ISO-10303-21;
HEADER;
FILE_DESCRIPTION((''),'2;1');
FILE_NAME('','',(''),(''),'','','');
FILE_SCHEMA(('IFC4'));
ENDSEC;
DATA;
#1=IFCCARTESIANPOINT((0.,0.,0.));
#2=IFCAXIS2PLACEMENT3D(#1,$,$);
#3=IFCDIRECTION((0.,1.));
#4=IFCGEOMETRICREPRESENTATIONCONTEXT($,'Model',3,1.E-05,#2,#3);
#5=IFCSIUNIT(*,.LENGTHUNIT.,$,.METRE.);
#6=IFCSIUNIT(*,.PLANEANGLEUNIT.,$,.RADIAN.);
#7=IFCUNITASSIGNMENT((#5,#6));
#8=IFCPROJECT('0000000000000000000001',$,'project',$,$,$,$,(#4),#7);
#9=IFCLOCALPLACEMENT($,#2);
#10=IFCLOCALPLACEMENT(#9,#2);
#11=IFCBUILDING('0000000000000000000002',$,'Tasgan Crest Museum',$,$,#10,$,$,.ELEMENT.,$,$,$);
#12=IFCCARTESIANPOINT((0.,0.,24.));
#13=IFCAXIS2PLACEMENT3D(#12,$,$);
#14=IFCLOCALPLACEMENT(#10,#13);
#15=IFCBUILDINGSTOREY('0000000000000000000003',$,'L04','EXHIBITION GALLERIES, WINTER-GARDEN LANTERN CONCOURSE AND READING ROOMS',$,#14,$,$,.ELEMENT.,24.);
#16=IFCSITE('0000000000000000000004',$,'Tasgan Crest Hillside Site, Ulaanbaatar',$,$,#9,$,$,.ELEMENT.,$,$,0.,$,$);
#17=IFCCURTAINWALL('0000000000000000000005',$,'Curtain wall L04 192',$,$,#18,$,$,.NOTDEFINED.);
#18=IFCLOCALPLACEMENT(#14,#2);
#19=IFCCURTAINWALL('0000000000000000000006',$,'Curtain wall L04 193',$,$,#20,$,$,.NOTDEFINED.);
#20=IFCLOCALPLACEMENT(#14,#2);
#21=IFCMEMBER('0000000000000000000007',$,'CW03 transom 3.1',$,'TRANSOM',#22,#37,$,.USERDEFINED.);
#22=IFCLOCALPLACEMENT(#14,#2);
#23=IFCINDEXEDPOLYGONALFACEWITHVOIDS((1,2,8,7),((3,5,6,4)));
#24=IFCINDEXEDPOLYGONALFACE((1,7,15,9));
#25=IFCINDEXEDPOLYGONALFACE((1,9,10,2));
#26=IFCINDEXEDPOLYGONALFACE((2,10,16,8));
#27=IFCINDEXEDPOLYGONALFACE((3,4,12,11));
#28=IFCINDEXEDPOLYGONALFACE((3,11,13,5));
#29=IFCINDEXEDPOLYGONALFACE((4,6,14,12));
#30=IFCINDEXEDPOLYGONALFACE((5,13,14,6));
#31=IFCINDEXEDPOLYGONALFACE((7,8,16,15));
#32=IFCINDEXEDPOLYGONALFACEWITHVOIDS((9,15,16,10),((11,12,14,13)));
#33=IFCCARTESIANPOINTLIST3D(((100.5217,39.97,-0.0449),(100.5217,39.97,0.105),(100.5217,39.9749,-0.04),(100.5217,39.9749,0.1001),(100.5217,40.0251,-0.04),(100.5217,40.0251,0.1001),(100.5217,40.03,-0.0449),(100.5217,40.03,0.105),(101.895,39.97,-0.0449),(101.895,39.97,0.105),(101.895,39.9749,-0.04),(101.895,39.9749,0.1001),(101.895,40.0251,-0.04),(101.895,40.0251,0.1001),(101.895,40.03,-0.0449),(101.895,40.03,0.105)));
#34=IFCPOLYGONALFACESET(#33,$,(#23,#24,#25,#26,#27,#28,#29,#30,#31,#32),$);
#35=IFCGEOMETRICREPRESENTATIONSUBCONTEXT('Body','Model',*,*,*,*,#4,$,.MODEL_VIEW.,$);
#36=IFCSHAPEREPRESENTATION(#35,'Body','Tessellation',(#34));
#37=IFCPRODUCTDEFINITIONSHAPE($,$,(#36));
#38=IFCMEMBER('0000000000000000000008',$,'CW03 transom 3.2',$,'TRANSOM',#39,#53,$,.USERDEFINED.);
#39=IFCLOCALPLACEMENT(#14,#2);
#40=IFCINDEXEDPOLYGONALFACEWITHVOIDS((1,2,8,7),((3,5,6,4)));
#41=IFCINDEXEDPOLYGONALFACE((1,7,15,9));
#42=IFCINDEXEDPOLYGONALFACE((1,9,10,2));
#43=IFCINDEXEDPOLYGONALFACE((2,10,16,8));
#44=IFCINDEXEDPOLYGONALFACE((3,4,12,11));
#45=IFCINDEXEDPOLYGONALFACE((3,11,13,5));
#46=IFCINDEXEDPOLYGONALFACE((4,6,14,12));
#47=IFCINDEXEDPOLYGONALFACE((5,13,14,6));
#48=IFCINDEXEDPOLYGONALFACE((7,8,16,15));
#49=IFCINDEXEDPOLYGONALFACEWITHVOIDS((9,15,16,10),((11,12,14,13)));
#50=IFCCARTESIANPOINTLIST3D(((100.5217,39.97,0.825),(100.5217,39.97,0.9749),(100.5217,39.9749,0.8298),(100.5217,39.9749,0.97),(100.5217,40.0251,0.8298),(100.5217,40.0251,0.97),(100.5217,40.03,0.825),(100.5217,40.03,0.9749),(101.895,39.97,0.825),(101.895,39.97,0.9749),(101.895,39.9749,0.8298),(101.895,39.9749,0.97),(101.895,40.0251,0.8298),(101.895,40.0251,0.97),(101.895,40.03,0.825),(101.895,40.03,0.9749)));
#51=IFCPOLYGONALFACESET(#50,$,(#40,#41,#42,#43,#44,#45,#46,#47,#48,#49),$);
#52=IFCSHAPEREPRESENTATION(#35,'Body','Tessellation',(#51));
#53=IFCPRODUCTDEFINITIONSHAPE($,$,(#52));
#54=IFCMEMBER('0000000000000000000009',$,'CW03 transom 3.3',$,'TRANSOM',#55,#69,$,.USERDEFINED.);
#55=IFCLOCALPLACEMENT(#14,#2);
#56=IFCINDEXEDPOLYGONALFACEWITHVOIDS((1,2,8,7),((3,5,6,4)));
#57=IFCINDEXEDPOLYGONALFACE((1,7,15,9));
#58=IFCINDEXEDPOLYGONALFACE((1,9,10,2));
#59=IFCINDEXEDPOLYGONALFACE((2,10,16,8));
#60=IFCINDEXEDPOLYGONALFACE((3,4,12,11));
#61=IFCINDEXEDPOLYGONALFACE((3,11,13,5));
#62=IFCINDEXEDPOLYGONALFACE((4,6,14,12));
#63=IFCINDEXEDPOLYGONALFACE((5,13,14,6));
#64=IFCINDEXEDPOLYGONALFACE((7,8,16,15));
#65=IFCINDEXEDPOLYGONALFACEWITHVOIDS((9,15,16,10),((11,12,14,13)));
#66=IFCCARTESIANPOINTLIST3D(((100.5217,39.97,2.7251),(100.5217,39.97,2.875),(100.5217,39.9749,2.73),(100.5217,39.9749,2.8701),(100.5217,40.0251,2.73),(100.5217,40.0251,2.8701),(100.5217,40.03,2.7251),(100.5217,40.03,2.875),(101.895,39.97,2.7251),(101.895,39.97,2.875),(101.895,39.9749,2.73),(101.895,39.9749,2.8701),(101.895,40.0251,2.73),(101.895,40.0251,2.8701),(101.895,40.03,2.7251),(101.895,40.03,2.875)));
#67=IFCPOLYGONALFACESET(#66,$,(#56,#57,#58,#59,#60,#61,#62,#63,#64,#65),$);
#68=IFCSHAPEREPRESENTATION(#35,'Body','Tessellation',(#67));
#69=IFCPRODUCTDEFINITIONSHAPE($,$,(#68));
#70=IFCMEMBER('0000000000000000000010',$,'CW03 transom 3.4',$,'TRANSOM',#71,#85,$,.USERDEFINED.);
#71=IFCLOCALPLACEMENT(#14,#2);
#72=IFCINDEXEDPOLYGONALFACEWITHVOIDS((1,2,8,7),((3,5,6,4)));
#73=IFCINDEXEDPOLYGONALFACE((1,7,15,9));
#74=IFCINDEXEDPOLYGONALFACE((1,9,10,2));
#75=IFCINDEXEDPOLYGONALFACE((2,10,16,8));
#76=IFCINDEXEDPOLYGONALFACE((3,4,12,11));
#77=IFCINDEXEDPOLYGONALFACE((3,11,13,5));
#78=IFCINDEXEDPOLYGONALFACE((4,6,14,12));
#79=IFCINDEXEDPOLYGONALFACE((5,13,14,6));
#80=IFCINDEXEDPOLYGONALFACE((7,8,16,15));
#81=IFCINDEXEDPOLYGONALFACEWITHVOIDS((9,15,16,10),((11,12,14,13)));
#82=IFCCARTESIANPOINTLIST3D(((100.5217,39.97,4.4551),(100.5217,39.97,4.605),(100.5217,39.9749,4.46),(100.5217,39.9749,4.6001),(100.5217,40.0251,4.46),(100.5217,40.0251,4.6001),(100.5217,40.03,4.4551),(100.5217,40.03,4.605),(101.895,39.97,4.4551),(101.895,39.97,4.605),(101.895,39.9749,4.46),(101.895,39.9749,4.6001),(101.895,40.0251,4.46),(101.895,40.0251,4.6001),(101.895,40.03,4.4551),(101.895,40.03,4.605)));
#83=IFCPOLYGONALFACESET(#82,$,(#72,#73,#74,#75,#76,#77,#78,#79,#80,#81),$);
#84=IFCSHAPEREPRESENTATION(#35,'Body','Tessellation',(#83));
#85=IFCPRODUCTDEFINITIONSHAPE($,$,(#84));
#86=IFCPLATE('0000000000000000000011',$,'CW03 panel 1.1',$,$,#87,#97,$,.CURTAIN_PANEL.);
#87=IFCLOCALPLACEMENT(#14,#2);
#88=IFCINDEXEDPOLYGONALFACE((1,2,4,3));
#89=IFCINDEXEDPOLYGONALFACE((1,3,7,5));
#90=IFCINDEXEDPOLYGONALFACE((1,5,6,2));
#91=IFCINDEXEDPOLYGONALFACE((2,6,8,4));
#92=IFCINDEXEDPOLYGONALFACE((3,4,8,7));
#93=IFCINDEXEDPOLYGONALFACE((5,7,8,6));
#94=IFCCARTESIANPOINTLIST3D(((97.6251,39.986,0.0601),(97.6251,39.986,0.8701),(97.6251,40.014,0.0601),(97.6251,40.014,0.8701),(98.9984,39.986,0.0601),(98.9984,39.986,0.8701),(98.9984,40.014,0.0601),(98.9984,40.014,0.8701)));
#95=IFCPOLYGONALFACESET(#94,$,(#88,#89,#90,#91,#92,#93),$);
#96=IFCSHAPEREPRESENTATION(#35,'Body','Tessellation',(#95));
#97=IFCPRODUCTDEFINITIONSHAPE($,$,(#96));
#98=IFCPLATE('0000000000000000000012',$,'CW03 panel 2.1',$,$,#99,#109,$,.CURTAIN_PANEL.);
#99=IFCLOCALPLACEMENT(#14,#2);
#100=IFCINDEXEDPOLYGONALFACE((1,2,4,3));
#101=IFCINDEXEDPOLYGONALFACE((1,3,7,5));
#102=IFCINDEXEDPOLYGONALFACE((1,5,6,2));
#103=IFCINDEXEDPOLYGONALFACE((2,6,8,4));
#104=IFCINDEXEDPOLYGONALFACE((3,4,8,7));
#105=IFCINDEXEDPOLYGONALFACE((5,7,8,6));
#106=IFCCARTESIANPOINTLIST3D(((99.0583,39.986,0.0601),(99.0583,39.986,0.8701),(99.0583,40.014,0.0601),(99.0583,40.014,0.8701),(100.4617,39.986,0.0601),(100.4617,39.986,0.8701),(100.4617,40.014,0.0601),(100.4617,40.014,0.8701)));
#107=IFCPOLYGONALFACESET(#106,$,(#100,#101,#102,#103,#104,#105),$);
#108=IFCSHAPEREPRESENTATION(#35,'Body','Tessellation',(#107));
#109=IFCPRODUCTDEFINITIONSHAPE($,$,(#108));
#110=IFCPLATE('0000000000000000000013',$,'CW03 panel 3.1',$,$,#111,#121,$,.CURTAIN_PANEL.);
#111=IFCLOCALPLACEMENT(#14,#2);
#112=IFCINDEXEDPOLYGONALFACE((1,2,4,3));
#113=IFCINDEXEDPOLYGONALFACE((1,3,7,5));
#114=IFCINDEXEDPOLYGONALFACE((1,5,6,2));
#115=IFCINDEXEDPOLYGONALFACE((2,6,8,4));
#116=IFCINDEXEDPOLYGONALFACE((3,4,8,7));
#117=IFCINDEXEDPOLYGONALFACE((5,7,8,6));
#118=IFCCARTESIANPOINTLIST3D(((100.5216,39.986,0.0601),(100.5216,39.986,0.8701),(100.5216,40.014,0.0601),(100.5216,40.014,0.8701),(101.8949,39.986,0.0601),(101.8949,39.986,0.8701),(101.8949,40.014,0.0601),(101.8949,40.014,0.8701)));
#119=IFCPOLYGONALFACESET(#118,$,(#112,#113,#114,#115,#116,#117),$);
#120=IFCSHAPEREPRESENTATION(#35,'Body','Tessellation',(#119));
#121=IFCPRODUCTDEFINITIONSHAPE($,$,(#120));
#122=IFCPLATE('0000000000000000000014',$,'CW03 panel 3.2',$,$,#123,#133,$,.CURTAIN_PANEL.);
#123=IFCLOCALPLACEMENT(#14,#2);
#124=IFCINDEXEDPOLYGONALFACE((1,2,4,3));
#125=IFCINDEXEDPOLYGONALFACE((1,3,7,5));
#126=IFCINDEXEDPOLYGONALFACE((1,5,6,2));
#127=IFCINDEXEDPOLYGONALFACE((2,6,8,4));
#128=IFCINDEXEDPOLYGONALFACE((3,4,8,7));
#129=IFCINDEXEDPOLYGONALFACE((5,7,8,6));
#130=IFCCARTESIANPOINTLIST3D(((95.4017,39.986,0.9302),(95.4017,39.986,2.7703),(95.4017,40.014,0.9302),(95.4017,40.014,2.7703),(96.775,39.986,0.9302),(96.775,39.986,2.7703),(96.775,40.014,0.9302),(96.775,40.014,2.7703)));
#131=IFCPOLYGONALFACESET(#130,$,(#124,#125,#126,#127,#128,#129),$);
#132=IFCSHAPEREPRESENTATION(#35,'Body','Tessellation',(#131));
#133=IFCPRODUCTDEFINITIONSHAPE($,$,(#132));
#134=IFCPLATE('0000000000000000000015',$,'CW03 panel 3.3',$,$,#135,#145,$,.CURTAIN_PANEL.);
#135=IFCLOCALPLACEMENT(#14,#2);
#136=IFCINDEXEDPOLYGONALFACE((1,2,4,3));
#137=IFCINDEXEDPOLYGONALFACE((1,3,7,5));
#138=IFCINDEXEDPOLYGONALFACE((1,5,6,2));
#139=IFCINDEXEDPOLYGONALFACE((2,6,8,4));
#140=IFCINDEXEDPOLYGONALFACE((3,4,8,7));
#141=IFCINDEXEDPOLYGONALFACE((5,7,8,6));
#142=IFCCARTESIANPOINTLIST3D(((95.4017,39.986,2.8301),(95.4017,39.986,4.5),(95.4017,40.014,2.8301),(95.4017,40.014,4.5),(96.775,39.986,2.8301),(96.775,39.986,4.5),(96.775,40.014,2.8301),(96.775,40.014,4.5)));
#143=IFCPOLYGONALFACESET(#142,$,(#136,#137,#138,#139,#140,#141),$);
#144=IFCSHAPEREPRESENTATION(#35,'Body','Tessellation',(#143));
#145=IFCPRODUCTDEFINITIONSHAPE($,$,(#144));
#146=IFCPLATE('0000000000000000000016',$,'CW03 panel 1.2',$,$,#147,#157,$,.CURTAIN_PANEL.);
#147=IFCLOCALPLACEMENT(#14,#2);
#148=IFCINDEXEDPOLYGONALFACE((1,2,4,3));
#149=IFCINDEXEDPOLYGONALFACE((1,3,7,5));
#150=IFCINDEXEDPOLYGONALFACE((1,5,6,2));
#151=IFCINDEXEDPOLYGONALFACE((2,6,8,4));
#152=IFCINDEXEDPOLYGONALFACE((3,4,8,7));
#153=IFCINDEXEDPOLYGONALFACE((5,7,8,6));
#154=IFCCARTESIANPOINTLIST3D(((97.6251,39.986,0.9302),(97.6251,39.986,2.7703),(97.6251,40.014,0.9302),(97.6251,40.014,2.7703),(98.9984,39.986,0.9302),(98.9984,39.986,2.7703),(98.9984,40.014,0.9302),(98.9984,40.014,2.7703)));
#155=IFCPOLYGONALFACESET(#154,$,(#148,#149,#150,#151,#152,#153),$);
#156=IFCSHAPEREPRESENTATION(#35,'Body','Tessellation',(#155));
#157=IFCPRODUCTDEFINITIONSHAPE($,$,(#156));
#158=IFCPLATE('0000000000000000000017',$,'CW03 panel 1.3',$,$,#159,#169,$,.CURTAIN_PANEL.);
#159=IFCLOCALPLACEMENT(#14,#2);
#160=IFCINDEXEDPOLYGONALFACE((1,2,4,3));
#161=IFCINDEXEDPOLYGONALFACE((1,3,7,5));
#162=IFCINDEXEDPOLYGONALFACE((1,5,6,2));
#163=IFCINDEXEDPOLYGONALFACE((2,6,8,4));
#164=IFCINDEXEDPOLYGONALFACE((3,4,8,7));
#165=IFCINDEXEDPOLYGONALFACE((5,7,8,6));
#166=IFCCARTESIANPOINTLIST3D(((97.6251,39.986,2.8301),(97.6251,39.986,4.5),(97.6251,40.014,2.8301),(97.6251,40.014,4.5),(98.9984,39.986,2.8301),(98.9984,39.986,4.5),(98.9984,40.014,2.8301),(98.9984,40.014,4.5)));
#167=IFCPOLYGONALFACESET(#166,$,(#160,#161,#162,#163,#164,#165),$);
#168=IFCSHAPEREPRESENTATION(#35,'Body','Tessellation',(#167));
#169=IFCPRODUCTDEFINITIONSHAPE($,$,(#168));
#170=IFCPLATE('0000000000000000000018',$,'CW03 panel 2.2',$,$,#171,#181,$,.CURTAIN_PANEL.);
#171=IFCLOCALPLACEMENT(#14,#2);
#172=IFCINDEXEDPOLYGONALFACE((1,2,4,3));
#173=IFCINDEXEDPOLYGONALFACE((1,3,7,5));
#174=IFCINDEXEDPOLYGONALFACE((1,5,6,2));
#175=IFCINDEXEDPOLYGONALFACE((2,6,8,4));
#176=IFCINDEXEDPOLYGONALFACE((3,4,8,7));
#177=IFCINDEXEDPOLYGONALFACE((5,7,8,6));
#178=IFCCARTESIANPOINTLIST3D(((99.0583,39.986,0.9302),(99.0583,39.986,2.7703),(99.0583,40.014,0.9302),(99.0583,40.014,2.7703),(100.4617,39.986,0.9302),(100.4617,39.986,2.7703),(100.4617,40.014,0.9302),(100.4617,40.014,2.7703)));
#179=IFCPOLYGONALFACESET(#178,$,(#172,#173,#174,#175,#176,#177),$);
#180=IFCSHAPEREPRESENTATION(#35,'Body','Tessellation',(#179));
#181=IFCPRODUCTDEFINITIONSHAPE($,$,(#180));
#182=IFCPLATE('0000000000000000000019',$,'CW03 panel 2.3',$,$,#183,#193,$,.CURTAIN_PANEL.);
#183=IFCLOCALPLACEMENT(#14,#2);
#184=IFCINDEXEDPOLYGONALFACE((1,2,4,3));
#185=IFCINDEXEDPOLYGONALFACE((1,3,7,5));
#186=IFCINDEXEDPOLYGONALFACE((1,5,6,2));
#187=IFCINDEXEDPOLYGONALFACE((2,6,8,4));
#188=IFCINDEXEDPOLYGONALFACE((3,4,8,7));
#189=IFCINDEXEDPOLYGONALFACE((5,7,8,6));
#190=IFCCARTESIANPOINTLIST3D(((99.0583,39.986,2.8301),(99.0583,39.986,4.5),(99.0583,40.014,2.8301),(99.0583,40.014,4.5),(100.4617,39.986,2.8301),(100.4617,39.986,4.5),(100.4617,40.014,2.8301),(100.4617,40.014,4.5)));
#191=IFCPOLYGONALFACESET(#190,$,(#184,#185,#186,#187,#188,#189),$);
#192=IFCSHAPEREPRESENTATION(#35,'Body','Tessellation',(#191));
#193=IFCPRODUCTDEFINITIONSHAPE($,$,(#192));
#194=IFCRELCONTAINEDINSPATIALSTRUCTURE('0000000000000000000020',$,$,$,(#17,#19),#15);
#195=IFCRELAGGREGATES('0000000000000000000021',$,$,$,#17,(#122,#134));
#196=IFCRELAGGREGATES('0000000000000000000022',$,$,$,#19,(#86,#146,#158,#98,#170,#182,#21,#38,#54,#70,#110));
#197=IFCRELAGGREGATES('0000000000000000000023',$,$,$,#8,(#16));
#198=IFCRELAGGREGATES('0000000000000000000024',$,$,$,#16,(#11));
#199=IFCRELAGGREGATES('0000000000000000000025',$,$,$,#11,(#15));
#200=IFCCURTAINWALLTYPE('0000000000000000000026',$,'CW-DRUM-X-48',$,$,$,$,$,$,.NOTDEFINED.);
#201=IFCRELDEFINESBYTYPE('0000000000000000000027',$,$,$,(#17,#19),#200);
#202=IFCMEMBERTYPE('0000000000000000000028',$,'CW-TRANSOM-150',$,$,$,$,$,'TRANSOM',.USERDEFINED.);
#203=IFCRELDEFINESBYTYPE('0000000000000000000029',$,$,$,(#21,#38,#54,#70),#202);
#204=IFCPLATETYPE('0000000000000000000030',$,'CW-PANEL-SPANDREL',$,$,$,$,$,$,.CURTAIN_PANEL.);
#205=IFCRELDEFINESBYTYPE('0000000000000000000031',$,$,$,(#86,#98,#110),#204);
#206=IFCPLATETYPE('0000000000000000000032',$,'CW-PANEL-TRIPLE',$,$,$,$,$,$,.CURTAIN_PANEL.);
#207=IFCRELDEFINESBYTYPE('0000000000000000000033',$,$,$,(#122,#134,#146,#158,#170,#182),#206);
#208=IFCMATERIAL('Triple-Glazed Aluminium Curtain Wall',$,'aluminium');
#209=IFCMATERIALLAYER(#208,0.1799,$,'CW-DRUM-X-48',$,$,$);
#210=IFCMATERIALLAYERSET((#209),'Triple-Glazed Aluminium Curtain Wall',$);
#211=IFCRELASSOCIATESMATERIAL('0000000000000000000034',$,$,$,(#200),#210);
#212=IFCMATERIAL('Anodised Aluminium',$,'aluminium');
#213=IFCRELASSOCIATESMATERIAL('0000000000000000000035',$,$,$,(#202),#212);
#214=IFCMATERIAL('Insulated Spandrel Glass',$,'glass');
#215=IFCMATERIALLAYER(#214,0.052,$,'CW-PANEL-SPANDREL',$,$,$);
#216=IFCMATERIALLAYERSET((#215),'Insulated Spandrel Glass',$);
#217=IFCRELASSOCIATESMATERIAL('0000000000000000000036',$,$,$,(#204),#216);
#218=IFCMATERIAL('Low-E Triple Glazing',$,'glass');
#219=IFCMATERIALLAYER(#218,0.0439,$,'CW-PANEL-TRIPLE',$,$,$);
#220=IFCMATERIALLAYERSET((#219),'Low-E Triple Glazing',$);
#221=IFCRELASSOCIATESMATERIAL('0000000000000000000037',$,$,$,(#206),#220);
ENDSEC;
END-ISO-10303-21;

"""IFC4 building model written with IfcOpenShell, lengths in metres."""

from ifc_helpers import new_model, si_unit, direction, frame, origin, origin_2d, place, context, subcontext, project, spatial, rectangle, hollow_rectangle, extrude, material, layer, layer_set, material_profile, profile_set, type_object, element, aggregate, save


model = new_model("IFC4")

# Units and contexts
model_context = context("Model", 3, precision=1e-05, world=origin(), true_north=direction((0.0, 1.0)))
body_context = subcontext(model_context, "Body", "Model", "MODEL_VIEW")
ifc_project = project(units=[si_unit("LENGTHUNIT", "METRE"), si_unit("PLANEANGLEUNIT", "RADIAN")], contexts=[model_context])

# Site, building, storey
site_placement = place(None, origin())
site = spatial("IfcSite", under=ifc_project, at=site_placement, Name="Tasgan Crest Hillside Site, Ulaanbaatar", CompositionType="ELEMENT", RefElevation=0.0)
building_placement = place(site_placement, origin())
building = spatial("IfcBuilding", under=site, at=building_placement, Name="Tasgan Crest Museum", CompositionType="ELEMENT")
storey_placement = place(building_placement, frame((0.0, 0.0, 24.0)))
storey = spatial("IfcBuildingStorey", under=building, at=storey_placement, Name="L04", Description="EXHIBITION GALLERIES, WINTER-GARDEN LANTERN CONCOURSE AND READING ROOMS", CompositionType="ELEMENT", Elevation=24.0)

# Curtain wall
ifc_material_1 = material(Name="Triple-Glazed Aluminium Curtain Wall", Category="aluminium")
ifc_layer_1 = layer(ifc_material_1, 0.1799, Name="CW-DRUM-X-48")
ifc_layer_set_1 = layer_set([ifc_layer_1], Name="Triple-Glazed Aluminium Curtain Wall")
curtain_wall_type = type_object("IfcCurtainWallType", Name="CW-DRUM-X-48", PredefinedType="NOTDEFINED", material=ifc_layer_set_1)
curtain_wall_1_placement = place(storey_placement, origin())
curtain_wall_1 = element("IfcCurtainWall", 1, at=curtain_wall_1_placement, inside=storey, type_object=curtain_wall_type, Name="Curtain wall L04 192", PredefinedType="NOTDEFINED")

# Curtain wall, members, plates
curtain_wall_2_placement = place(storey_placement, origin())
curtain_wall_2 = element("IfcCurtainWall", 2, at=curtain_wall_2_placement, inside=storey, type_object=curtain_wall_type, Name="Curtain wall L04 193", PredefinedType="NOTDEFINED")
ifc_material_2 = material(Name="Anodised Aluminium", Category="aluminium")
ifc_material_profile_1 = material_profile(ifc_material_2, hollow_rectangle(XDim=0.0601, YDim=0.1499, WallThickness=0.0049, at=origin_2d()), Name="ALU TRANSOM 150x60x5")
ifc_profile_set_1 = profile_set([ifc_material_profile_1], Name="Anodised Aluminium")
member_type_1 = type_object("IfcMemberType", Name="CW-TRANSOM-150", ElementType="TRANSOM", PredefinedType="USERDEFINED", material=ifc_profile_set_1)
member_1_placement = place(storey_placement, frame((100.5217, 40.0, 0.03), z_axis=(1.0, 0.0, 0.0), x_axis=(0.0, 1.0, 0.0)))
member_1 = element("IfcMember", 3, at=member_1_placement, type_object=member_type_1, Name="CW03 transom 3.1", ObjectType="TRANSOM", PredefinedType="USERDEFINED", context=body_context, shape_type="SweptSolid", body=[
    extrude(hollow_rectangle(XDim=0.0601, YDim=0.1499, WallThickness=0.0049, at=origin_2d()), origin(), (0.0, 0.0, 1.0), 1.3733),
])
member_2_placement = place(storey_placement, frame((100.5217, 40.0, 0.8999), z_axis=(1.0, 0.0, 0.0), x_axis=(0.0, 1.0, 0.0)))
member_2 = element("IfcMember", 4, at=member_2_placement, type_object=member_type_1, Name="CW03 transom 3.2", ObjectType="TRANSOM", PredefinedType="USERDEFINED", context=body_context, shape_type="SweptSolid", body=[
    extrude(hollow_rectangle(XDim=0.0601, YDim=0.1499, WallThickness=0.0049, at=origin_2d()), origin(), (0.0, 0.0, 1.0), 1.3733),
])
member_3_placement = place(storey_placement, frame((100.5217, 40.0, 2.8), z_axis=(1.0, 0.0, 0.0), x_axis=(0.0, 1.0, 0.0)))
member_3 = element("IfcMember", 5, at=member_3_placement, type_object=member_type_1, Name="CW03 transom 3.3", ObjectType="TRANSOM", PredefinedType="USERDEFINED", context=body_context, shape_type="SweptSolid", body=[
    extrude(hollow_rectangle(XDim=0.0601, YDim=0.1499, WallThickness=0.0049, at=origin_2d()), origin(), (0.0, 0.0, 1.0), 1.3733),
])
member_4_placement = place(storey_placement, frame((100.5217, 40.0, 4.53), z_axis=(1.0, 0.0, 0.0), x_axis=(0.0, 1.0, 0.0)))
member_4 = element("IfcMember", 6, at=member_4_placement, type_object=member_type_1, Name="CW03 transom 3.4", ObjectType="TRANSOM", PredefinedType="USERDEFINED", context=body_context, shape_type="SweptSolid", body=[
    extrude(hollow_rectangle(XDim=0.0601, YDim=0.1499, WallThickness=0.0049, at=origin_2d()), origin(), (0.0, 0.0, 1.0), 1.3733),
])
ifc_material_3 = material(Name="Insulated Spandrel Glass", Category="glass")
ifc_layer_2 = layer(ifc_material_3, 0.052, Name="CW-PANEL-SPANDREL")
ifc_layer_set_2 = layer_set([ifc_layer_2], Name="Insulated Spandrel Glass")
plate_type_1 = type_object("IfcPlateType", Name="CW-PANEL-SPANDREL", PredefinedType="CURTAIN_PANEL", material=ifc_layer_set_2)
plate_1_placement = place(storey_placement, frame((98.3118, 40.0, 0.0601), z_axis=(0.0, 0.0, 1.0), x_axis=(1.0, 0.0, 0.0)))
plate_1 = element("IfcPlate", 7, at=plate_1_placement, type_object=plate_type_1, Name="CW03 panel 1.1", PredefinedType="CURTAIN_PANEL", context=body_context, shape_type="SweptSolid", body=[
    extrude(rectangle(XDim=1.3733, YDim=0.0281, at=origin_2d()), origin(), (0.0, 0.0, 1.0), 0.8101),
])
plate_2_placement = place(storey_placement, frame((99.76, 40.0, 0.0601), z_axis=(0.0, 0.0, 1.0), x_axis=(1.0, 0.0, 0.0)))
plate_2 = element("IfcPlate", 8, at=plate_2_placement, type_object=plate_type_1, Name="CW03 panel 2.1", PredefinedType="CURTAIN_PANEL", context=body_context, shape_type="SweptSolid", body=[
    extrude(rectangle(XDim=1.4033, YDim=0.0281, at=origin_2d()), origin(), (0.0, 0.0, 1.0), 0.8101),
])
plate_3_placement = place(storey_placement, frame((101.2083, 40.0, 0.0601), z_axis=(0.0, 0.0, 1.0), x_axis=(1.0, 0.0, 0.0)))
plate_3 = element("IfcPlate", 9, at=plate_3_placement, type_object=plate_type_1, Name="CW03 panel 3.1", PredefinedType="CURTAIN_PANEL", context=body_context, shape_type="SweptSolid", body=[
    extrude(rectangle(XDim=1.3733, YDim=0.0281, at=origin_2d()), origin(), (0.0, 0.0, 1.0), 0.8101),
])

# Plates
ifc_material_4 = material(Name="Low-E Triple Glazing", Category="glass")
ifc_layer_3 = layer(ifc_material_4, 0.0439, Name="CW-PANEL-TRIPLE")
ifc_layer_set_3 = layer_set([ifc_layer_3], Name="Low-E Triple Glazing")
plate_type_2 = type_object("IfcPlateType", Name="CW-PANEL-TRIPLE", PredefinedType="CURTAIN_PANEL", material=ifc_layer_set_3)
plate_4_placement = place(storey_placement, frame((96.0884, 40.0, 0.9302), z_axis=(0.0, 0.0, 1.0), x_axis=(1.0, 0.0, 0.0)))
plate_4 = element("IfcPlate", 10, at=plate_4_placement, type_object=plate_type_2, Name="CW03 panel 3.2", PredefinedType="CURTAIN_PANEL", context=body_context, shape_type="SweptSolid", body=[
    extrude(rectangle(XDim=1.3733, YDim=0.0281, at=origin_2d()), origin(), (0.0, 0.0, 1.0), 1.8401),
])
plate_5_placement = place(storey_placement, frame((96.0884, 40.0, 2.8301), z_axis=(0.0, 0.0, 1.0), x_axis=(1.0, 0.0, 0.0)))
plate_5 = element("IfcPlate", 11, at=plate_5_placement, type_object=plate_type_2, Name="CW03 panel 3.3", PredefinedType="CURTAIN_PANEL", context=body_context, shape_type="SweptSolid", body=[
    extrude(rectangle(XDim=1.3733, YDim=0.0281, at=origin_2d()), origin(), (0.0, 0.0, 1.0), 1.6699),
])
aggregate(curtain_wall_1, [plate_4, plate_5])
plate_6_placement = place(storey_placement, frame((98.3118, 40.0, 0.9302), z_axis=(0.0, 0.0, 1.0), x_axis=(1.0, 0.0, 0.0)))
plate_6 = element("IfcPlate", 12, at=plate_6_placement, type_object=plate_type_2, Name="CW03 panel 1.2", PredefinedType="CURTAIN_PANEL", context=body_context, shape_type="SweptSolid", body=[
    extrude(rectangle(XDim=1.3733, YDim=0.0281, at=origin_2d()), origin(), (0.0, 0.0, 1.0), 1.8401),
])
plate_7_placement = place(storey_placement, frame((98.3118, 40.0, 2.8301), z_axis=(0.0, 0.0, 1.0), x_axis=(1.0, 0.0, 0.0)))
plate_7 = element("IfcPlate", 13, at=plate_7_placement, type_object=plate_type_2, Name="CW03 panel 1.3", PredefinedType="CURTAIN_PANEL", context=body_context, shape_type="SweptSolid", body=[
    extrude(rectangle(XDim=1.3733, YDim=0.0281, at=origin_2d()), origin(), (0.0, 0.0, 1.0), 1.6699),
])
plate_8_placement = place(storey_placement, frame((99.76, 40.0, 0.9302), z_axis=(0.0, 0.0, 1.0), x_axis=(1.0, 0.0, 0.0)))
plate_8 = element("IfcPlate", 14, at=plate_8_placement, type_object=plate_type_2, Name="CW03 panel 2.2", PredefinedType="CURTAIN_PANEL", context=body_context, shape_type="SweptSolid", body=[
    extrude(rectangle(XDim=1.4033, YDim=0.0281, at=origin_2d()), origin(), (0.0, 0.0, 1.0), 1.8401),
])
plate_9_placement = place(storey_placement, frame((99.76, 40.0, 2.8301), z_axis=(0.0, 0.0, 1.0), x_axis=(1.0, 0.0, 0.0)))
plate_9 = element("IfcPlate", 15, at=plate_9_placement, type_object=plate_type_2, Name="CW03 panel 2.3", PredefinedType="CURTAIN_PANEL", context=body_context, shape_type="SweptSolid", body=[
    extrude(rectangle(XDim=1.4033, YDim=0.0281, at=origin_2d()), origin(), (0.0, 0.0, 1.0), 1.6699),
])
aggregate(curtain_wall_2, [plate_1, plate_6, plate_7, plate_2, plate_8, plate_9, member_1, member_2, member_3, member_4, plate_3])

save(model, "model.ifc")
